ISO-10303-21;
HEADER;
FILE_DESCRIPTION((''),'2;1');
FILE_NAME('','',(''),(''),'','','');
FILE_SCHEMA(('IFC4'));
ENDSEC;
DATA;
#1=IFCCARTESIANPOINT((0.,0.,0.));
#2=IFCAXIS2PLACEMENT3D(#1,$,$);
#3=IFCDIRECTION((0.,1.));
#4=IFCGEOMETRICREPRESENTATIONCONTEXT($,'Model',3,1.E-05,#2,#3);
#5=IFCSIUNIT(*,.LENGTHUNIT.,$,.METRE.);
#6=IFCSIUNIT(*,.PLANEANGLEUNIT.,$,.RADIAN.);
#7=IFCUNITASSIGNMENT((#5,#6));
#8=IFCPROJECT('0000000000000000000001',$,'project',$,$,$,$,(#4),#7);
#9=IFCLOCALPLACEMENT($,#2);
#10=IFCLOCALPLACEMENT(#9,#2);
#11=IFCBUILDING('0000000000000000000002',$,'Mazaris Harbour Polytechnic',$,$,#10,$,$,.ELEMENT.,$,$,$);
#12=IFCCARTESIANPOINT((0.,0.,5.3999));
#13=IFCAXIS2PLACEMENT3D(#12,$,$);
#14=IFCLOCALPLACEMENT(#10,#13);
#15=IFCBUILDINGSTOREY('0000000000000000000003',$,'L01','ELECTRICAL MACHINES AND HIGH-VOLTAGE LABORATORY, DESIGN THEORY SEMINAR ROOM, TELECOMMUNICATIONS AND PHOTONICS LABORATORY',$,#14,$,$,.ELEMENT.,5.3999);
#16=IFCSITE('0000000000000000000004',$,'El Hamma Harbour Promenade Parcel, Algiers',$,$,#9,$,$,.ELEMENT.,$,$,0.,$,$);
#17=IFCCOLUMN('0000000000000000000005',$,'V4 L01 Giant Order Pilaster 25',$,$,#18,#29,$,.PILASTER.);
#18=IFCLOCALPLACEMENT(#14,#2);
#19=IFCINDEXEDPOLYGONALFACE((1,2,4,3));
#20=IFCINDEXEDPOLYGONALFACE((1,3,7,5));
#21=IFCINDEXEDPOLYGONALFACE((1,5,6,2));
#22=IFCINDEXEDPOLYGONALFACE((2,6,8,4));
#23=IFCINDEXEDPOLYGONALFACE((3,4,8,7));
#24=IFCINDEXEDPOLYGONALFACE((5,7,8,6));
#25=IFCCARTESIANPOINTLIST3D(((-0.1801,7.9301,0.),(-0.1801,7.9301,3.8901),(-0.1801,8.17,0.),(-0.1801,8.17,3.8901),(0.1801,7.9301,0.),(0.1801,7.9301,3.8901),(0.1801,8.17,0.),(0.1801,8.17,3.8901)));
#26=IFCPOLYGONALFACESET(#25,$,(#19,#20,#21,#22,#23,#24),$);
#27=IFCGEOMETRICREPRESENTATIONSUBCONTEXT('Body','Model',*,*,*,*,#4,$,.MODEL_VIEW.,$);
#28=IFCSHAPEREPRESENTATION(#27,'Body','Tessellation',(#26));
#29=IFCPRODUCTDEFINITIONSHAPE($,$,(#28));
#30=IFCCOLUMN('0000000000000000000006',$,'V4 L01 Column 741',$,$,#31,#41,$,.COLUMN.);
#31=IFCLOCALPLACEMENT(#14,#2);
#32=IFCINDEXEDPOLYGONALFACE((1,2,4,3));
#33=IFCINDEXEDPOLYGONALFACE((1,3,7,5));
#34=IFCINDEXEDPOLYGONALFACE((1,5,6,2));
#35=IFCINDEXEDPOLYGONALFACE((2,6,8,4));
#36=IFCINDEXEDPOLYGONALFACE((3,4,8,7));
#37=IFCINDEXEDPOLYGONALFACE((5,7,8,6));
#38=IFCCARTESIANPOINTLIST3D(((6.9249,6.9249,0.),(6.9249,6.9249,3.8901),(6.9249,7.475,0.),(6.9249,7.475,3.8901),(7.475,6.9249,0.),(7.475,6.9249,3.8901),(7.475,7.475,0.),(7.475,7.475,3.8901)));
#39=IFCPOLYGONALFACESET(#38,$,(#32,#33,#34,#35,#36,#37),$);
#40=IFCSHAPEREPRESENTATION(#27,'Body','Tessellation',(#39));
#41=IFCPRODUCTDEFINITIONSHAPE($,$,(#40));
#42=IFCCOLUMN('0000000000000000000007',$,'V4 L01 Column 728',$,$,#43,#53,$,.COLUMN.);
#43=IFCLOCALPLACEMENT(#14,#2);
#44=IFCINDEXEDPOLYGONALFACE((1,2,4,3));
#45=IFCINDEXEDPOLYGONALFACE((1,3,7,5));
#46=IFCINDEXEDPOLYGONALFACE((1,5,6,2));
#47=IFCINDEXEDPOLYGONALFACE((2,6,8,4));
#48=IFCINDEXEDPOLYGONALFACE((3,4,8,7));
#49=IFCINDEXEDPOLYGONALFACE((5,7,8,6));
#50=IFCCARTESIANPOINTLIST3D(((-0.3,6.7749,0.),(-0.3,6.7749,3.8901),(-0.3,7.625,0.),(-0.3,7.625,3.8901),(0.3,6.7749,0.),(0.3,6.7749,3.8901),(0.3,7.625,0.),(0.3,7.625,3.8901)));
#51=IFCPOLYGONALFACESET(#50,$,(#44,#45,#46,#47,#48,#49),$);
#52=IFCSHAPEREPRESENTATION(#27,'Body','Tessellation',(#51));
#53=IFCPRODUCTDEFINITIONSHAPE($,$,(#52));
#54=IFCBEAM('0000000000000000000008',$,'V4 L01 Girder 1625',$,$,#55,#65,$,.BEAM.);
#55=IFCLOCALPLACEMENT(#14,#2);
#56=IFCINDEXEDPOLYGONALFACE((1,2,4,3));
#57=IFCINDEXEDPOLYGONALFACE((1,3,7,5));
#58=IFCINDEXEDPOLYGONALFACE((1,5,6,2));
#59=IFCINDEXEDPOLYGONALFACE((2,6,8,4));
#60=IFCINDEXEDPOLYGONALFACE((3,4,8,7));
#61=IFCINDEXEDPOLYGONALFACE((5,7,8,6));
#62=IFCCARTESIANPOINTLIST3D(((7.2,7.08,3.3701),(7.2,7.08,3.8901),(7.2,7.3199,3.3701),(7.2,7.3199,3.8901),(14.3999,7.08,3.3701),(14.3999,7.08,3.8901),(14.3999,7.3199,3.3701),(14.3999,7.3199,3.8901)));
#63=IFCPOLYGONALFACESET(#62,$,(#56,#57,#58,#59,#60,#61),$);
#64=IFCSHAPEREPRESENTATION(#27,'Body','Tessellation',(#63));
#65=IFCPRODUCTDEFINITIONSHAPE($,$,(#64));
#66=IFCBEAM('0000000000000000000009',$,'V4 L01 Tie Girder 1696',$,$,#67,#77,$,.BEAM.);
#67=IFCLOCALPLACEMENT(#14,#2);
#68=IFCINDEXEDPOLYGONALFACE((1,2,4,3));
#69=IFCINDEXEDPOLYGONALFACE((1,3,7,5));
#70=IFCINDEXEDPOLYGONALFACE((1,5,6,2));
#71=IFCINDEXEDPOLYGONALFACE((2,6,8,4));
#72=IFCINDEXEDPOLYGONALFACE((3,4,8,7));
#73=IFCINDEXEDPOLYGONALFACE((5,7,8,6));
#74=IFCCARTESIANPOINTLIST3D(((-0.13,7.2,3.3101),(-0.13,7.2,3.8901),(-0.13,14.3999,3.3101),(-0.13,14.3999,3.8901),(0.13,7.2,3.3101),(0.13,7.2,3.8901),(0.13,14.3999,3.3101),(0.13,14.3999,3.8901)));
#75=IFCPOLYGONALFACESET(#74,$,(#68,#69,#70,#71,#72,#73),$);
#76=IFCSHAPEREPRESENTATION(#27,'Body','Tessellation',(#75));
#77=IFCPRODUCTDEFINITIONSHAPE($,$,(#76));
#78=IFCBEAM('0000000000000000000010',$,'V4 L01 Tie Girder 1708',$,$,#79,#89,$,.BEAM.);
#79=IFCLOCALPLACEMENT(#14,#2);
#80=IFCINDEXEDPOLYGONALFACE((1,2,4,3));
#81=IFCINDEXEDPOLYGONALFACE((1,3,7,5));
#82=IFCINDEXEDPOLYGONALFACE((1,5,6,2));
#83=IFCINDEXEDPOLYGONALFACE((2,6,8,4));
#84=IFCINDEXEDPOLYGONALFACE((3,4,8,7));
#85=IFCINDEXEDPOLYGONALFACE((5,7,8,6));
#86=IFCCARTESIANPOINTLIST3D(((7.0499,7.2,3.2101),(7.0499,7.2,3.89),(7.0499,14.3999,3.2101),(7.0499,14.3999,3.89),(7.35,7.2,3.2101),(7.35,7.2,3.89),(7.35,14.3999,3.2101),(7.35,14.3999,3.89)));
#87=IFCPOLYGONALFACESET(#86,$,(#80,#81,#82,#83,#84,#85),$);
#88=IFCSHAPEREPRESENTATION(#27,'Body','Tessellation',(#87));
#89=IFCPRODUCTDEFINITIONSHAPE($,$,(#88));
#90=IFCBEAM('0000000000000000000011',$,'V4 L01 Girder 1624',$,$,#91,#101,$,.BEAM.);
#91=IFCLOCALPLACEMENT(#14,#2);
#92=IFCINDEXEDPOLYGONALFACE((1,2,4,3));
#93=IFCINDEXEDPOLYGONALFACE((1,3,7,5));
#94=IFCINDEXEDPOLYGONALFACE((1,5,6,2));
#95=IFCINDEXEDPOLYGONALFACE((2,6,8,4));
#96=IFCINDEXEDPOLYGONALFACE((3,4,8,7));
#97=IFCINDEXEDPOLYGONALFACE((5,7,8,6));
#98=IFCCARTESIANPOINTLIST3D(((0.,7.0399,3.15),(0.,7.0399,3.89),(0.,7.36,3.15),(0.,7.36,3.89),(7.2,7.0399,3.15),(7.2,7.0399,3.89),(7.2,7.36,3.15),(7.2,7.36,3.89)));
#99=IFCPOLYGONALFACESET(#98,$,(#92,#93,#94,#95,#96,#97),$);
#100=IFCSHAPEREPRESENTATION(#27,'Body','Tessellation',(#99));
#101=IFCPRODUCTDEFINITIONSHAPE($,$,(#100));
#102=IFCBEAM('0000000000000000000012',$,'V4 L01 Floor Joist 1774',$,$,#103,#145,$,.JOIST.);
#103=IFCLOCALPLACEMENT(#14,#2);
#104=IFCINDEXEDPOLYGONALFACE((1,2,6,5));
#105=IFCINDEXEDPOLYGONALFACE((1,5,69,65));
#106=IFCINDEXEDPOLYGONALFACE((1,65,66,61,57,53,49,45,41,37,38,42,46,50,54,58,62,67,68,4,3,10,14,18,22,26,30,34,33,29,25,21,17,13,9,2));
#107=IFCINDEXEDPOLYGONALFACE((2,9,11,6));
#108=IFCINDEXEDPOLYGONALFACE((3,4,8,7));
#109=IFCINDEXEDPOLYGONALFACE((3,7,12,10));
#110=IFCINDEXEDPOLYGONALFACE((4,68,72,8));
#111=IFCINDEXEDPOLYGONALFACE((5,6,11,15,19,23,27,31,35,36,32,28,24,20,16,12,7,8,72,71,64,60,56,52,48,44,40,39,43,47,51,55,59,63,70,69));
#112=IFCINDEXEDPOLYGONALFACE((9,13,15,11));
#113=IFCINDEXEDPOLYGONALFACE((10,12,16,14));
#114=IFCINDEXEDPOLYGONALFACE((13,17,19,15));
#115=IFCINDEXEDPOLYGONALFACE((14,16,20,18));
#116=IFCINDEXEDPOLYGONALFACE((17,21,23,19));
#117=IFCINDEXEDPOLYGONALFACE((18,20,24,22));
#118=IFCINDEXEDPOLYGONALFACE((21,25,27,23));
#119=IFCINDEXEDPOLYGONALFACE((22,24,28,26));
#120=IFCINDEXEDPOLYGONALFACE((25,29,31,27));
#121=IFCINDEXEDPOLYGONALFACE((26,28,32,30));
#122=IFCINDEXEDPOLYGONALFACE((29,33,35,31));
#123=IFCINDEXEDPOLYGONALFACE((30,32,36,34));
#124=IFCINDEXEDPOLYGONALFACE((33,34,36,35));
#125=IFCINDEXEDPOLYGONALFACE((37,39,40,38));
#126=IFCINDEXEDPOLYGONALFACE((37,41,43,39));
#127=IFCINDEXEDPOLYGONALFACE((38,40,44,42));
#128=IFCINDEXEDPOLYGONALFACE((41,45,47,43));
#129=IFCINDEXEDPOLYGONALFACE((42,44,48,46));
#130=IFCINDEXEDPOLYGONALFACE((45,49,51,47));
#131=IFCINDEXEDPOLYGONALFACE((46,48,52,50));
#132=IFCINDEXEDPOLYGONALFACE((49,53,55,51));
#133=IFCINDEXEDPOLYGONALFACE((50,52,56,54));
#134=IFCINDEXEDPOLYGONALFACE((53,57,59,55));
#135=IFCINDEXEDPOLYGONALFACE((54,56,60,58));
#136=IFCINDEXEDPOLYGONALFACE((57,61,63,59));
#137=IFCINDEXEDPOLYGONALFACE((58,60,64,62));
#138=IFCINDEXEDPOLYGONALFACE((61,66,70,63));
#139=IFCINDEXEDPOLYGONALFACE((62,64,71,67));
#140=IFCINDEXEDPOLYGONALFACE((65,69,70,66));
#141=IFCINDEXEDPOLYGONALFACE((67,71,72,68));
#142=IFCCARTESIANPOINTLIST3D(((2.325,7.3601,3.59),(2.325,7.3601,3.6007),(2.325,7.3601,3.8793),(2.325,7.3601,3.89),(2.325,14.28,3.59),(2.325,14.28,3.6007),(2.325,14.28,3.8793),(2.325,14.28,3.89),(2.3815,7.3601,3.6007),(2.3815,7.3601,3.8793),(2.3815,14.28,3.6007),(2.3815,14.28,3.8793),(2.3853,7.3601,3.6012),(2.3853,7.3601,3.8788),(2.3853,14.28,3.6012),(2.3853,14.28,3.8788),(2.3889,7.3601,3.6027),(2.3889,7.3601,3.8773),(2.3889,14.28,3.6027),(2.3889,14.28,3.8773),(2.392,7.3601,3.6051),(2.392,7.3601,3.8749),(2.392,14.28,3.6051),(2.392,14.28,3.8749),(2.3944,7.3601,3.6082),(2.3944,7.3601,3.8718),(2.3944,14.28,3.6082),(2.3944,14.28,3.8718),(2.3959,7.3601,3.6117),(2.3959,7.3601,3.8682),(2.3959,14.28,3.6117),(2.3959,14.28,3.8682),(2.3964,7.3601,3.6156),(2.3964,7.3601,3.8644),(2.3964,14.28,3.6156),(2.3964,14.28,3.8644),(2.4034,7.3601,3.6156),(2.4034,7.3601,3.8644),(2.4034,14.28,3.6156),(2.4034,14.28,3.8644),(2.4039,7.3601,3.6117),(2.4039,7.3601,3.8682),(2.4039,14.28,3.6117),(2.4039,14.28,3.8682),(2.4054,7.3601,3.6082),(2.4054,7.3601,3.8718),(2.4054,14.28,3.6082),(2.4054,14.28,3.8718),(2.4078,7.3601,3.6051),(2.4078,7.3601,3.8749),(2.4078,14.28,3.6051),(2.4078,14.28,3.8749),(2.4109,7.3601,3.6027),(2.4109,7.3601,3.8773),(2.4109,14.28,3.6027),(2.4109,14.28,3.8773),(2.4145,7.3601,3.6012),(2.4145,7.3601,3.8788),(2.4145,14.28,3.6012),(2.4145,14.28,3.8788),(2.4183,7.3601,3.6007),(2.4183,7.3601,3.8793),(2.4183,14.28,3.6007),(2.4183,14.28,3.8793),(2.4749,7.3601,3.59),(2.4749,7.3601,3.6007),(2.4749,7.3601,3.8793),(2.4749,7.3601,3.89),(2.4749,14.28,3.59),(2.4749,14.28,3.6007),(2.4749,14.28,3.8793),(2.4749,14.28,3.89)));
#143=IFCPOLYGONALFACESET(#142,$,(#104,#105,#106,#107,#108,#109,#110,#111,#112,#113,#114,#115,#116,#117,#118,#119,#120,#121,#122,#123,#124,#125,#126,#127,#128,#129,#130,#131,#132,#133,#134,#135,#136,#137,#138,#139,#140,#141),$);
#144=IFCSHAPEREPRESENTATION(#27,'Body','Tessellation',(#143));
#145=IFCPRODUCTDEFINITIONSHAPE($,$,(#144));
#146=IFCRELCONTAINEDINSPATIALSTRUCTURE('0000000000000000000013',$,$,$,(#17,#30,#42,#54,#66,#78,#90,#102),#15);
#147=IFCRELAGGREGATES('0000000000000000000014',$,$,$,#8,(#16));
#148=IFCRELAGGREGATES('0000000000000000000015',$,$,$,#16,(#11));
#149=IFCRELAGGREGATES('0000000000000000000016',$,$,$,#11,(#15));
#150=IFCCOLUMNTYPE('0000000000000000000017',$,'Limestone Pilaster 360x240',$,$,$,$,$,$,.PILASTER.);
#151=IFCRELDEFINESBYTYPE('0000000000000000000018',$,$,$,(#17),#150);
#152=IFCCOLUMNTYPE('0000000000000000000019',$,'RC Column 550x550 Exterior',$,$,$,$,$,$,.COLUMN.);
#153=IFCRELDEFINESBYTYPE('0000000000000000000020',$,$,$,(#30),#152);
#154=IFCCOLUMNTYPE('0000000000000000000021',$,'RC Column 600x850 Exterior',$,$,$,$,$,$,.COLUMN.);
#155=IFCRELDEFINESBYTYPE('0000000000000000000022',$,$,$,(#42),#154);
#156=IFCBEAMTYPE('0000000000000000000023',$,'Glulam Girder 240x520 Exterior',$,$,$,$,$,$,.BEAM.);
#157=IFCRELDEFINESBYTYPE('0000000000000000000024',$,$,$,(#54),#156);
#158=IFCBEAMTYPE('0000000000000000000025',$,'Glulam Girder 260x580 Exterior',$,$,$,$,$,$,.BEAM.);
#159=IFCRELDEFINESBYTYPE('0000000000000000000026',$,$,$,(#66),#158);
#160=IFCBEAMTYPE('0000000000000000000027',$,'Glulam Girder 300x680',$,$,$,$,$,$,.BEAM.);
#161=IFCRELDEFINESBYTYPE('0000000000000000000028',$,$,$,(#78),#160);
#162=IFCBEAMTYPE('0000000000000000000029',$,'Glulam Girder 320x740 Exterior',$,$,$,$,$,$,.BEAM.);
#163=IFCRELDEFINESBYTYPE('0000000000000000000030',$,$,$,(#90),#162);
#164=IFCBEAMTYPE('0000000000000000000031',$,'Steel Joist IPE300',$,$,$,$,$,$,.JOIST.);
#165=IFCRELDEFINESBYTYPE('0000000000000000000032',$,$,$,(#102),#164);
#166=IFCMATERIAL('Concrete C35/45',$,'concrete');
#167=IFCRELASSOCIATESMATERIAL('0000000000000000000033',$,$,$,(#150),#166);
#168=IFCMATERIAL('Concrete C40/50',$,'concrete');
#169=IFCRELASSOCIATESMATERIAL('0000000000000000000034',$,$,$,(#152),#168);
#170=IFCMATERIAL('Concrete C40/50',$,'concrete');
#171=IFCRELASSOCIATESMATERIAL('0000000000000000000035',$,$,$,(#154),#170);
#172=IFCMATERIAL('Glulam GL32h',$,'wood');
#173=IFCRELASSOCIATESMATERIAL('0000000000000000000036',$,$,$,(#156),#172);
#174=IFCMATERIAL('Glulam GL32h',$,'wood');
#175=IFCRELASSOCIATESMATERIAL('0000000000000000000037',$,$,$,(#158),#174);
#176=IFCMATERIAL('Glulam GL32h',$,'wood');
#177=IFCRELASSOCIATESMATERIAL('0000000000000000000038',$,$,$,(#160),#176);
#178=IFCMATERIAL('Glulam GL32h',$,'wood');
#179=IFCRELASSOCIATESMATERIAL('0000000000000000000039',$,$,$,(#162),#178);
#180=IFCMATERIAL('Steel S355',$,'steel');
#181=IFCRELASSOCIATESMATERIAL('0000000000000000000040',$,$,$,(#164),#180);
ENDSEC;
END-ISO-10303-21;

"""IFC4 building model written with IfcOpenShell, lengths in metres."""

from ifc_helpers import new_model, si_unit, direction, frame, origin, origin_2d, place, context, subcontext, project, spatial, rectangle, i_section, extrude, material, material_profile, profile_set, type_object, element, save


model = new_model("IFC4")

# Units and contexts
model_context = context("Model", 3, precision=1e-05, world=origin(), true_north=direction((0.0, 1.0)))
body_context = subcontext(model_context, "Body", "Model", "MODEL_VIEW")
ifc_project = project(units=[si_unit("LENGTHUNIT", "METRE"), si_unit("PLANEANGLEUNIT", "RADIAN")], contexts=[model_context])

# Site, building, storey
site_placement = place(None, origin())
site = spatial("IfcSite", under=ifc_project, at=site_placement, Name="El Hamma Harbour Promenade Parcel, Algiers", CompositionType="ELEMENT", RefElevation=0.0)
building_placement = place(site_placement, origin())
building = spatial("IfcBuilding", under=site, at=building_placement, Name="Mazaris Harbour Polytechnic", CompositionType="ELEMENT")
storey_placement = place(building_placement, frame((0.0, 0.0, 5.3999)))
storey = spatial("IfcBuildingStorey", under=building, at=storey_placement, Name="L01", Description="ELECTRICAL MACHINES AND HIGH-VOLTAGE LABORATORY, DESIGN THEORY SEMINAR ROOM, TELECOMMUNICATIONS AND PHOTONICS LABORATORY", CompositionType="ELEMENT", Elevation=5.3999)

# Columns
ifc_material_1 = material(Name="Concrete C35/45", Category="concrete")
ifc_material_profile_1 = material_profile(ifc_material_1, rectangle(XDim=0.3601, YDim=0.24, at=origin_2d()), Name="RECT360x240")
ifc_profile_set_1 = profile_set([ifc_material_profile_1], Name="Concrete C35/45")
column_type_1 = type_object("IfcColumnType", Name="Limestone Pilaster 360x240", PredefinedType="PILASTER", material=ifc_profile_set_1)
column_1_placement = place(storey_placement, frame((0.0, 8.05, 0.0), z_axis=(0.0, 0.0, 1.0), x_axis=(1.0, 0.0, 0.0)))
element("IfcColumn", 1, at=column_1_placement, inside=storey, type_object=column_type_1, Name="V4 L01 Giant Order Pilaster 25", PredefinedType="PILASTER", context=body_context, shape_type="SweptSolid", body=[
    extrude(rectangle(XDim=0.3601, YDim=0.24, at=origin_2d()), origin(), (0.0, 0.0, 1.0), 3.8901),
])
ifc_material_2 = material(Name="Concrete C40/50", Category="concrete")
ifc_material_profile_2 = material_profile(ifc_material_2, rectangle(XDim=0.55, YDim=0.55, at=origin_2d()), Name="RECT550x550")
ifc_profile_set_2 = profile_set([ifc_material_profile_2], Name="Concrete C40/50")
column_type_2 = type_object("IfcColumnType", Name="RC Column 550x550 Exterior", PredefinedType="COLUMN", material=ifc_profile_set_2)
column_2_placement = place(storey_placement, frame((7.2, 7.2, 0.0), z_axis=(0.0, 0.0, 1.0), x_axis=(1.0, 0.0, 0.0)))
element("IfcColumn", 2, at=column_2_placement, inside=storey, type_object=column_type_2, Name="V4 L01 Column 741", PredefinedType="COLUMN", context=body_context, shape_type="SweptSolid", body=[
    extrude(rectangle(XDim=0.55, YDim=0.55, at=origin_2d()), origin(), (0.0, 0.0, 1.0), 3.8901),
])
ifc_material_3 = material(Name="Concrete C40/50", Category="concrete")
ifc_material_profile_3 = material_profile(ifc_material_3, rectangle(XDim=0.6001, YDim=0.8501, at=origin_2d()), Name="RECT600x850")
ifc_profile_set_3 = profile_set([ifc_material_profile_3], Name="Concrete C40/50")
column_type_3 = type_object("IfcColumnType", Name="RC Column 600x850 Exterior", PredefinedType="COLUMN", material=ifc_profile_set_3)
column_3_placement = place(storey_placement, frame((0.0, 7.2, 0.0), z_axis=(0.0, 0.0, 1.0), x_axis=(1.0, 0.0, 0.0)))
element("IfcColumn", 3, at=column_3_placement, inside=storey, type_object=column_type_3, Name="V4 L01 Column 728", PredefinedType="COLUMN", context=body_context, shape_type="SweptSolid", body=[
    extrude(rectangle(XDim=0.6001, YDim=0.8501, at=origin_2d()), origin(), (0.0, 0.0, 1.0), 3.8901),
])

# Beams
ifc_material_4 = material(Name="Glulam GL32h", Category="wood")
ifc_material_profile_4 = material_profile(ifc_material_4, rectangle(XDim=0.24, YDim=0.52, at=origin_2d()), Name="RECT240x520")
ifc_profile_set_4 = profile_set([ifc_material_profile_4], Name="Glulam GL32h")
beam_type_1 = type_object("IfcBeamType", Name="Glulam Girder 240x520 Exterior", PredefinedType="BEAM", material=ifc_profile_set_4)
beam_1_placement = place(storey_placement, frame((7.2, 7.2, 3.6301), z_axis=(1.0, 0.0, 0.0), x_axis=(0.0, 1.0, 0.0)))
element("IfcBeam", 4, at=beam_1_placement, inside=storey, type_object=beam_type_1, Name="V4 L01 Girder 1625", PredefinedType="BEAM", context=body_context, shape_type="SweptSolid", body=[
    extrude(rectangle(XDim=0.24, YDim=0.52, at=origin_2d()), origin(), (0.0, 0.0, 1.0), 7.2),
])
ifc_material_5 = material(Name="Glulam GL32h", Category="wood")
ifc_material_profile_5 = material_profile(ifc_material_5, rectangle(XDim=0.26, YDim=0.5801, at=origin_2d()), Name="RECT260x580")
ifc_profile_set_5 = profile_set([ifc_material_profile_5], Name="Glulam GL32h")
beam_type_2 = type_object("IfcBeamType", Name="Glulam Girder 260x580 Exterior", PredefinedType="BEAM", material=ifc_profile_set_5)
beam_2_placement = place(storey_placement, frame((0.0, 7.2, 3.6001), z_axis=(0.0, 1.0, 0.0), x_axis=(-1.0, 0.0, 0.0)))
element("IfcBeam", 5, at=beam_2_placement, inside=storey, type_object=beam_type_2, Name="V4 L01 Tie Girder 1696", PredefinedType="BEAM", context=body_context, shape_type="SweptSolid", body=[
    extrude(rectangle(XDim=0.26, YDim=0.5801, at=origin_2d()), origin(), (0.0, 0.0, 1.0), 7.2),
])
ifc_material_6 = material(Name="Glulam GL32h", Category="wood")
ifc_material_profile_6 = material_profile(ifc_material_6, rectangle(XDim=0.3, YDim=0.6799, at=origin_2d()), Name="RECT300x680")
ifc_profile_set_6 = profile_set([ifc_material_profile_6], Name="Glulam GL32h")
beam_type_3 = type_object("IfcBeamType", Name="Glulam Girder 300x680", PredefinedType="BEAM", material=ifc_profile_set_6)
beam_3_placement = place(storey_placement, frame((7.2, 7.2, 3.55), z_axis=(0.0, 1.0, 0.0), x_axis=(-1.0, 0.0, 0.0)))
element("IfcBeam", 6, at=beam_3_placement, inside=storey, type_object=beam_type_3, Name="V4 L01 Tie Girder 1708", PredefinedType="BEAM", context=body_context, shape_type="SweptSolid", body=[
    extrude(rectangle(XDim=0.3, YDim=0.6799, at=origin_2d()), origin(), (0.0, 0.0, 1.0), 7.2),
])
ifc_material_7 = material(Name="Glulam GL32h", Category="wood")
ifc_material_profile_7 = material_profile(ifc_material_7, rectangle(XDim=0.3201, YDim=0.74, at=origin_2d()), Name="RECT320x740")
ifc_profile_set_7 = profile_set([ifc_material_profile_7], Name="Glulam GL32h")
beam_type_4 = type_object("IfcBeamType", Name="Glulam Girder 320x740 Exterior", PredefinedType="BEAM", material=ifc_profile_set_7)
beam_4_placement = place(storey_placement, frame((0.0, 7.2, 3.52), z_axis=(1.0, 0.0, 0.0), x_axis=(0.0, 1.0, 0.0)))
element("IfcBeam", 7, at=beam_4_placement, inside=storey, type_object=beam_type_4, Name="V4 L01 Girder 1624", PredefinedType="BEAM", context=body_context, shape_type="SweptSolid", body=[
    extrude(rectangle(XDim=0.3201, YDim=0.74, at=origin_2d()), origin(), (0.0, 0.0, 1.0), 7.2),
])
ifc_material_8 = material(Name="Steel S355", Category="steel")
ifc_material_profile_8 = material_profile(ifc_material_8, i_section(OverallWidth=0.1499, OverallDepth=0.3, WebThickness=0.0071, FlangeThickness=0.0107, FilletRadius=0.0149, at=origin_2d()), Name="IPE 300")
ifc_profile_set_8 = profile_set([ifc_material_profile_8], Name="Steel S355")
beam_type_5 = type_object("IfcBeamType", Name="Steel Joist IPE300", PredefinedType="JOIST", material=ifc_profile_set_8)
beam_5_placement = place(storey_placement, frame((2.3999, 7.3601, 3.74), z_axis=(0.0, 1.0, 0.0), x_axis=(-1.0, 0.0, 0.0)))
element("IfcBeam", 8, at=beam_5_placement, inside=storey, type_object=beam_type_5, Name="V4 L01 Floor Joist 1774", PredefinedType="JOIST", context=body_context, shape_type="SweptSolid", body=[
    extrude(i_section(OverallWidth=0.1499, OverallDepth=0.3, WebThickness=0.0071, FlangeThickness=0.0107, FilletRadius=0.0149, at=origin_2d()), origin(), (0.0, 0.0, 1.0), 6.9199),
])

save(model, "model.ifc")
